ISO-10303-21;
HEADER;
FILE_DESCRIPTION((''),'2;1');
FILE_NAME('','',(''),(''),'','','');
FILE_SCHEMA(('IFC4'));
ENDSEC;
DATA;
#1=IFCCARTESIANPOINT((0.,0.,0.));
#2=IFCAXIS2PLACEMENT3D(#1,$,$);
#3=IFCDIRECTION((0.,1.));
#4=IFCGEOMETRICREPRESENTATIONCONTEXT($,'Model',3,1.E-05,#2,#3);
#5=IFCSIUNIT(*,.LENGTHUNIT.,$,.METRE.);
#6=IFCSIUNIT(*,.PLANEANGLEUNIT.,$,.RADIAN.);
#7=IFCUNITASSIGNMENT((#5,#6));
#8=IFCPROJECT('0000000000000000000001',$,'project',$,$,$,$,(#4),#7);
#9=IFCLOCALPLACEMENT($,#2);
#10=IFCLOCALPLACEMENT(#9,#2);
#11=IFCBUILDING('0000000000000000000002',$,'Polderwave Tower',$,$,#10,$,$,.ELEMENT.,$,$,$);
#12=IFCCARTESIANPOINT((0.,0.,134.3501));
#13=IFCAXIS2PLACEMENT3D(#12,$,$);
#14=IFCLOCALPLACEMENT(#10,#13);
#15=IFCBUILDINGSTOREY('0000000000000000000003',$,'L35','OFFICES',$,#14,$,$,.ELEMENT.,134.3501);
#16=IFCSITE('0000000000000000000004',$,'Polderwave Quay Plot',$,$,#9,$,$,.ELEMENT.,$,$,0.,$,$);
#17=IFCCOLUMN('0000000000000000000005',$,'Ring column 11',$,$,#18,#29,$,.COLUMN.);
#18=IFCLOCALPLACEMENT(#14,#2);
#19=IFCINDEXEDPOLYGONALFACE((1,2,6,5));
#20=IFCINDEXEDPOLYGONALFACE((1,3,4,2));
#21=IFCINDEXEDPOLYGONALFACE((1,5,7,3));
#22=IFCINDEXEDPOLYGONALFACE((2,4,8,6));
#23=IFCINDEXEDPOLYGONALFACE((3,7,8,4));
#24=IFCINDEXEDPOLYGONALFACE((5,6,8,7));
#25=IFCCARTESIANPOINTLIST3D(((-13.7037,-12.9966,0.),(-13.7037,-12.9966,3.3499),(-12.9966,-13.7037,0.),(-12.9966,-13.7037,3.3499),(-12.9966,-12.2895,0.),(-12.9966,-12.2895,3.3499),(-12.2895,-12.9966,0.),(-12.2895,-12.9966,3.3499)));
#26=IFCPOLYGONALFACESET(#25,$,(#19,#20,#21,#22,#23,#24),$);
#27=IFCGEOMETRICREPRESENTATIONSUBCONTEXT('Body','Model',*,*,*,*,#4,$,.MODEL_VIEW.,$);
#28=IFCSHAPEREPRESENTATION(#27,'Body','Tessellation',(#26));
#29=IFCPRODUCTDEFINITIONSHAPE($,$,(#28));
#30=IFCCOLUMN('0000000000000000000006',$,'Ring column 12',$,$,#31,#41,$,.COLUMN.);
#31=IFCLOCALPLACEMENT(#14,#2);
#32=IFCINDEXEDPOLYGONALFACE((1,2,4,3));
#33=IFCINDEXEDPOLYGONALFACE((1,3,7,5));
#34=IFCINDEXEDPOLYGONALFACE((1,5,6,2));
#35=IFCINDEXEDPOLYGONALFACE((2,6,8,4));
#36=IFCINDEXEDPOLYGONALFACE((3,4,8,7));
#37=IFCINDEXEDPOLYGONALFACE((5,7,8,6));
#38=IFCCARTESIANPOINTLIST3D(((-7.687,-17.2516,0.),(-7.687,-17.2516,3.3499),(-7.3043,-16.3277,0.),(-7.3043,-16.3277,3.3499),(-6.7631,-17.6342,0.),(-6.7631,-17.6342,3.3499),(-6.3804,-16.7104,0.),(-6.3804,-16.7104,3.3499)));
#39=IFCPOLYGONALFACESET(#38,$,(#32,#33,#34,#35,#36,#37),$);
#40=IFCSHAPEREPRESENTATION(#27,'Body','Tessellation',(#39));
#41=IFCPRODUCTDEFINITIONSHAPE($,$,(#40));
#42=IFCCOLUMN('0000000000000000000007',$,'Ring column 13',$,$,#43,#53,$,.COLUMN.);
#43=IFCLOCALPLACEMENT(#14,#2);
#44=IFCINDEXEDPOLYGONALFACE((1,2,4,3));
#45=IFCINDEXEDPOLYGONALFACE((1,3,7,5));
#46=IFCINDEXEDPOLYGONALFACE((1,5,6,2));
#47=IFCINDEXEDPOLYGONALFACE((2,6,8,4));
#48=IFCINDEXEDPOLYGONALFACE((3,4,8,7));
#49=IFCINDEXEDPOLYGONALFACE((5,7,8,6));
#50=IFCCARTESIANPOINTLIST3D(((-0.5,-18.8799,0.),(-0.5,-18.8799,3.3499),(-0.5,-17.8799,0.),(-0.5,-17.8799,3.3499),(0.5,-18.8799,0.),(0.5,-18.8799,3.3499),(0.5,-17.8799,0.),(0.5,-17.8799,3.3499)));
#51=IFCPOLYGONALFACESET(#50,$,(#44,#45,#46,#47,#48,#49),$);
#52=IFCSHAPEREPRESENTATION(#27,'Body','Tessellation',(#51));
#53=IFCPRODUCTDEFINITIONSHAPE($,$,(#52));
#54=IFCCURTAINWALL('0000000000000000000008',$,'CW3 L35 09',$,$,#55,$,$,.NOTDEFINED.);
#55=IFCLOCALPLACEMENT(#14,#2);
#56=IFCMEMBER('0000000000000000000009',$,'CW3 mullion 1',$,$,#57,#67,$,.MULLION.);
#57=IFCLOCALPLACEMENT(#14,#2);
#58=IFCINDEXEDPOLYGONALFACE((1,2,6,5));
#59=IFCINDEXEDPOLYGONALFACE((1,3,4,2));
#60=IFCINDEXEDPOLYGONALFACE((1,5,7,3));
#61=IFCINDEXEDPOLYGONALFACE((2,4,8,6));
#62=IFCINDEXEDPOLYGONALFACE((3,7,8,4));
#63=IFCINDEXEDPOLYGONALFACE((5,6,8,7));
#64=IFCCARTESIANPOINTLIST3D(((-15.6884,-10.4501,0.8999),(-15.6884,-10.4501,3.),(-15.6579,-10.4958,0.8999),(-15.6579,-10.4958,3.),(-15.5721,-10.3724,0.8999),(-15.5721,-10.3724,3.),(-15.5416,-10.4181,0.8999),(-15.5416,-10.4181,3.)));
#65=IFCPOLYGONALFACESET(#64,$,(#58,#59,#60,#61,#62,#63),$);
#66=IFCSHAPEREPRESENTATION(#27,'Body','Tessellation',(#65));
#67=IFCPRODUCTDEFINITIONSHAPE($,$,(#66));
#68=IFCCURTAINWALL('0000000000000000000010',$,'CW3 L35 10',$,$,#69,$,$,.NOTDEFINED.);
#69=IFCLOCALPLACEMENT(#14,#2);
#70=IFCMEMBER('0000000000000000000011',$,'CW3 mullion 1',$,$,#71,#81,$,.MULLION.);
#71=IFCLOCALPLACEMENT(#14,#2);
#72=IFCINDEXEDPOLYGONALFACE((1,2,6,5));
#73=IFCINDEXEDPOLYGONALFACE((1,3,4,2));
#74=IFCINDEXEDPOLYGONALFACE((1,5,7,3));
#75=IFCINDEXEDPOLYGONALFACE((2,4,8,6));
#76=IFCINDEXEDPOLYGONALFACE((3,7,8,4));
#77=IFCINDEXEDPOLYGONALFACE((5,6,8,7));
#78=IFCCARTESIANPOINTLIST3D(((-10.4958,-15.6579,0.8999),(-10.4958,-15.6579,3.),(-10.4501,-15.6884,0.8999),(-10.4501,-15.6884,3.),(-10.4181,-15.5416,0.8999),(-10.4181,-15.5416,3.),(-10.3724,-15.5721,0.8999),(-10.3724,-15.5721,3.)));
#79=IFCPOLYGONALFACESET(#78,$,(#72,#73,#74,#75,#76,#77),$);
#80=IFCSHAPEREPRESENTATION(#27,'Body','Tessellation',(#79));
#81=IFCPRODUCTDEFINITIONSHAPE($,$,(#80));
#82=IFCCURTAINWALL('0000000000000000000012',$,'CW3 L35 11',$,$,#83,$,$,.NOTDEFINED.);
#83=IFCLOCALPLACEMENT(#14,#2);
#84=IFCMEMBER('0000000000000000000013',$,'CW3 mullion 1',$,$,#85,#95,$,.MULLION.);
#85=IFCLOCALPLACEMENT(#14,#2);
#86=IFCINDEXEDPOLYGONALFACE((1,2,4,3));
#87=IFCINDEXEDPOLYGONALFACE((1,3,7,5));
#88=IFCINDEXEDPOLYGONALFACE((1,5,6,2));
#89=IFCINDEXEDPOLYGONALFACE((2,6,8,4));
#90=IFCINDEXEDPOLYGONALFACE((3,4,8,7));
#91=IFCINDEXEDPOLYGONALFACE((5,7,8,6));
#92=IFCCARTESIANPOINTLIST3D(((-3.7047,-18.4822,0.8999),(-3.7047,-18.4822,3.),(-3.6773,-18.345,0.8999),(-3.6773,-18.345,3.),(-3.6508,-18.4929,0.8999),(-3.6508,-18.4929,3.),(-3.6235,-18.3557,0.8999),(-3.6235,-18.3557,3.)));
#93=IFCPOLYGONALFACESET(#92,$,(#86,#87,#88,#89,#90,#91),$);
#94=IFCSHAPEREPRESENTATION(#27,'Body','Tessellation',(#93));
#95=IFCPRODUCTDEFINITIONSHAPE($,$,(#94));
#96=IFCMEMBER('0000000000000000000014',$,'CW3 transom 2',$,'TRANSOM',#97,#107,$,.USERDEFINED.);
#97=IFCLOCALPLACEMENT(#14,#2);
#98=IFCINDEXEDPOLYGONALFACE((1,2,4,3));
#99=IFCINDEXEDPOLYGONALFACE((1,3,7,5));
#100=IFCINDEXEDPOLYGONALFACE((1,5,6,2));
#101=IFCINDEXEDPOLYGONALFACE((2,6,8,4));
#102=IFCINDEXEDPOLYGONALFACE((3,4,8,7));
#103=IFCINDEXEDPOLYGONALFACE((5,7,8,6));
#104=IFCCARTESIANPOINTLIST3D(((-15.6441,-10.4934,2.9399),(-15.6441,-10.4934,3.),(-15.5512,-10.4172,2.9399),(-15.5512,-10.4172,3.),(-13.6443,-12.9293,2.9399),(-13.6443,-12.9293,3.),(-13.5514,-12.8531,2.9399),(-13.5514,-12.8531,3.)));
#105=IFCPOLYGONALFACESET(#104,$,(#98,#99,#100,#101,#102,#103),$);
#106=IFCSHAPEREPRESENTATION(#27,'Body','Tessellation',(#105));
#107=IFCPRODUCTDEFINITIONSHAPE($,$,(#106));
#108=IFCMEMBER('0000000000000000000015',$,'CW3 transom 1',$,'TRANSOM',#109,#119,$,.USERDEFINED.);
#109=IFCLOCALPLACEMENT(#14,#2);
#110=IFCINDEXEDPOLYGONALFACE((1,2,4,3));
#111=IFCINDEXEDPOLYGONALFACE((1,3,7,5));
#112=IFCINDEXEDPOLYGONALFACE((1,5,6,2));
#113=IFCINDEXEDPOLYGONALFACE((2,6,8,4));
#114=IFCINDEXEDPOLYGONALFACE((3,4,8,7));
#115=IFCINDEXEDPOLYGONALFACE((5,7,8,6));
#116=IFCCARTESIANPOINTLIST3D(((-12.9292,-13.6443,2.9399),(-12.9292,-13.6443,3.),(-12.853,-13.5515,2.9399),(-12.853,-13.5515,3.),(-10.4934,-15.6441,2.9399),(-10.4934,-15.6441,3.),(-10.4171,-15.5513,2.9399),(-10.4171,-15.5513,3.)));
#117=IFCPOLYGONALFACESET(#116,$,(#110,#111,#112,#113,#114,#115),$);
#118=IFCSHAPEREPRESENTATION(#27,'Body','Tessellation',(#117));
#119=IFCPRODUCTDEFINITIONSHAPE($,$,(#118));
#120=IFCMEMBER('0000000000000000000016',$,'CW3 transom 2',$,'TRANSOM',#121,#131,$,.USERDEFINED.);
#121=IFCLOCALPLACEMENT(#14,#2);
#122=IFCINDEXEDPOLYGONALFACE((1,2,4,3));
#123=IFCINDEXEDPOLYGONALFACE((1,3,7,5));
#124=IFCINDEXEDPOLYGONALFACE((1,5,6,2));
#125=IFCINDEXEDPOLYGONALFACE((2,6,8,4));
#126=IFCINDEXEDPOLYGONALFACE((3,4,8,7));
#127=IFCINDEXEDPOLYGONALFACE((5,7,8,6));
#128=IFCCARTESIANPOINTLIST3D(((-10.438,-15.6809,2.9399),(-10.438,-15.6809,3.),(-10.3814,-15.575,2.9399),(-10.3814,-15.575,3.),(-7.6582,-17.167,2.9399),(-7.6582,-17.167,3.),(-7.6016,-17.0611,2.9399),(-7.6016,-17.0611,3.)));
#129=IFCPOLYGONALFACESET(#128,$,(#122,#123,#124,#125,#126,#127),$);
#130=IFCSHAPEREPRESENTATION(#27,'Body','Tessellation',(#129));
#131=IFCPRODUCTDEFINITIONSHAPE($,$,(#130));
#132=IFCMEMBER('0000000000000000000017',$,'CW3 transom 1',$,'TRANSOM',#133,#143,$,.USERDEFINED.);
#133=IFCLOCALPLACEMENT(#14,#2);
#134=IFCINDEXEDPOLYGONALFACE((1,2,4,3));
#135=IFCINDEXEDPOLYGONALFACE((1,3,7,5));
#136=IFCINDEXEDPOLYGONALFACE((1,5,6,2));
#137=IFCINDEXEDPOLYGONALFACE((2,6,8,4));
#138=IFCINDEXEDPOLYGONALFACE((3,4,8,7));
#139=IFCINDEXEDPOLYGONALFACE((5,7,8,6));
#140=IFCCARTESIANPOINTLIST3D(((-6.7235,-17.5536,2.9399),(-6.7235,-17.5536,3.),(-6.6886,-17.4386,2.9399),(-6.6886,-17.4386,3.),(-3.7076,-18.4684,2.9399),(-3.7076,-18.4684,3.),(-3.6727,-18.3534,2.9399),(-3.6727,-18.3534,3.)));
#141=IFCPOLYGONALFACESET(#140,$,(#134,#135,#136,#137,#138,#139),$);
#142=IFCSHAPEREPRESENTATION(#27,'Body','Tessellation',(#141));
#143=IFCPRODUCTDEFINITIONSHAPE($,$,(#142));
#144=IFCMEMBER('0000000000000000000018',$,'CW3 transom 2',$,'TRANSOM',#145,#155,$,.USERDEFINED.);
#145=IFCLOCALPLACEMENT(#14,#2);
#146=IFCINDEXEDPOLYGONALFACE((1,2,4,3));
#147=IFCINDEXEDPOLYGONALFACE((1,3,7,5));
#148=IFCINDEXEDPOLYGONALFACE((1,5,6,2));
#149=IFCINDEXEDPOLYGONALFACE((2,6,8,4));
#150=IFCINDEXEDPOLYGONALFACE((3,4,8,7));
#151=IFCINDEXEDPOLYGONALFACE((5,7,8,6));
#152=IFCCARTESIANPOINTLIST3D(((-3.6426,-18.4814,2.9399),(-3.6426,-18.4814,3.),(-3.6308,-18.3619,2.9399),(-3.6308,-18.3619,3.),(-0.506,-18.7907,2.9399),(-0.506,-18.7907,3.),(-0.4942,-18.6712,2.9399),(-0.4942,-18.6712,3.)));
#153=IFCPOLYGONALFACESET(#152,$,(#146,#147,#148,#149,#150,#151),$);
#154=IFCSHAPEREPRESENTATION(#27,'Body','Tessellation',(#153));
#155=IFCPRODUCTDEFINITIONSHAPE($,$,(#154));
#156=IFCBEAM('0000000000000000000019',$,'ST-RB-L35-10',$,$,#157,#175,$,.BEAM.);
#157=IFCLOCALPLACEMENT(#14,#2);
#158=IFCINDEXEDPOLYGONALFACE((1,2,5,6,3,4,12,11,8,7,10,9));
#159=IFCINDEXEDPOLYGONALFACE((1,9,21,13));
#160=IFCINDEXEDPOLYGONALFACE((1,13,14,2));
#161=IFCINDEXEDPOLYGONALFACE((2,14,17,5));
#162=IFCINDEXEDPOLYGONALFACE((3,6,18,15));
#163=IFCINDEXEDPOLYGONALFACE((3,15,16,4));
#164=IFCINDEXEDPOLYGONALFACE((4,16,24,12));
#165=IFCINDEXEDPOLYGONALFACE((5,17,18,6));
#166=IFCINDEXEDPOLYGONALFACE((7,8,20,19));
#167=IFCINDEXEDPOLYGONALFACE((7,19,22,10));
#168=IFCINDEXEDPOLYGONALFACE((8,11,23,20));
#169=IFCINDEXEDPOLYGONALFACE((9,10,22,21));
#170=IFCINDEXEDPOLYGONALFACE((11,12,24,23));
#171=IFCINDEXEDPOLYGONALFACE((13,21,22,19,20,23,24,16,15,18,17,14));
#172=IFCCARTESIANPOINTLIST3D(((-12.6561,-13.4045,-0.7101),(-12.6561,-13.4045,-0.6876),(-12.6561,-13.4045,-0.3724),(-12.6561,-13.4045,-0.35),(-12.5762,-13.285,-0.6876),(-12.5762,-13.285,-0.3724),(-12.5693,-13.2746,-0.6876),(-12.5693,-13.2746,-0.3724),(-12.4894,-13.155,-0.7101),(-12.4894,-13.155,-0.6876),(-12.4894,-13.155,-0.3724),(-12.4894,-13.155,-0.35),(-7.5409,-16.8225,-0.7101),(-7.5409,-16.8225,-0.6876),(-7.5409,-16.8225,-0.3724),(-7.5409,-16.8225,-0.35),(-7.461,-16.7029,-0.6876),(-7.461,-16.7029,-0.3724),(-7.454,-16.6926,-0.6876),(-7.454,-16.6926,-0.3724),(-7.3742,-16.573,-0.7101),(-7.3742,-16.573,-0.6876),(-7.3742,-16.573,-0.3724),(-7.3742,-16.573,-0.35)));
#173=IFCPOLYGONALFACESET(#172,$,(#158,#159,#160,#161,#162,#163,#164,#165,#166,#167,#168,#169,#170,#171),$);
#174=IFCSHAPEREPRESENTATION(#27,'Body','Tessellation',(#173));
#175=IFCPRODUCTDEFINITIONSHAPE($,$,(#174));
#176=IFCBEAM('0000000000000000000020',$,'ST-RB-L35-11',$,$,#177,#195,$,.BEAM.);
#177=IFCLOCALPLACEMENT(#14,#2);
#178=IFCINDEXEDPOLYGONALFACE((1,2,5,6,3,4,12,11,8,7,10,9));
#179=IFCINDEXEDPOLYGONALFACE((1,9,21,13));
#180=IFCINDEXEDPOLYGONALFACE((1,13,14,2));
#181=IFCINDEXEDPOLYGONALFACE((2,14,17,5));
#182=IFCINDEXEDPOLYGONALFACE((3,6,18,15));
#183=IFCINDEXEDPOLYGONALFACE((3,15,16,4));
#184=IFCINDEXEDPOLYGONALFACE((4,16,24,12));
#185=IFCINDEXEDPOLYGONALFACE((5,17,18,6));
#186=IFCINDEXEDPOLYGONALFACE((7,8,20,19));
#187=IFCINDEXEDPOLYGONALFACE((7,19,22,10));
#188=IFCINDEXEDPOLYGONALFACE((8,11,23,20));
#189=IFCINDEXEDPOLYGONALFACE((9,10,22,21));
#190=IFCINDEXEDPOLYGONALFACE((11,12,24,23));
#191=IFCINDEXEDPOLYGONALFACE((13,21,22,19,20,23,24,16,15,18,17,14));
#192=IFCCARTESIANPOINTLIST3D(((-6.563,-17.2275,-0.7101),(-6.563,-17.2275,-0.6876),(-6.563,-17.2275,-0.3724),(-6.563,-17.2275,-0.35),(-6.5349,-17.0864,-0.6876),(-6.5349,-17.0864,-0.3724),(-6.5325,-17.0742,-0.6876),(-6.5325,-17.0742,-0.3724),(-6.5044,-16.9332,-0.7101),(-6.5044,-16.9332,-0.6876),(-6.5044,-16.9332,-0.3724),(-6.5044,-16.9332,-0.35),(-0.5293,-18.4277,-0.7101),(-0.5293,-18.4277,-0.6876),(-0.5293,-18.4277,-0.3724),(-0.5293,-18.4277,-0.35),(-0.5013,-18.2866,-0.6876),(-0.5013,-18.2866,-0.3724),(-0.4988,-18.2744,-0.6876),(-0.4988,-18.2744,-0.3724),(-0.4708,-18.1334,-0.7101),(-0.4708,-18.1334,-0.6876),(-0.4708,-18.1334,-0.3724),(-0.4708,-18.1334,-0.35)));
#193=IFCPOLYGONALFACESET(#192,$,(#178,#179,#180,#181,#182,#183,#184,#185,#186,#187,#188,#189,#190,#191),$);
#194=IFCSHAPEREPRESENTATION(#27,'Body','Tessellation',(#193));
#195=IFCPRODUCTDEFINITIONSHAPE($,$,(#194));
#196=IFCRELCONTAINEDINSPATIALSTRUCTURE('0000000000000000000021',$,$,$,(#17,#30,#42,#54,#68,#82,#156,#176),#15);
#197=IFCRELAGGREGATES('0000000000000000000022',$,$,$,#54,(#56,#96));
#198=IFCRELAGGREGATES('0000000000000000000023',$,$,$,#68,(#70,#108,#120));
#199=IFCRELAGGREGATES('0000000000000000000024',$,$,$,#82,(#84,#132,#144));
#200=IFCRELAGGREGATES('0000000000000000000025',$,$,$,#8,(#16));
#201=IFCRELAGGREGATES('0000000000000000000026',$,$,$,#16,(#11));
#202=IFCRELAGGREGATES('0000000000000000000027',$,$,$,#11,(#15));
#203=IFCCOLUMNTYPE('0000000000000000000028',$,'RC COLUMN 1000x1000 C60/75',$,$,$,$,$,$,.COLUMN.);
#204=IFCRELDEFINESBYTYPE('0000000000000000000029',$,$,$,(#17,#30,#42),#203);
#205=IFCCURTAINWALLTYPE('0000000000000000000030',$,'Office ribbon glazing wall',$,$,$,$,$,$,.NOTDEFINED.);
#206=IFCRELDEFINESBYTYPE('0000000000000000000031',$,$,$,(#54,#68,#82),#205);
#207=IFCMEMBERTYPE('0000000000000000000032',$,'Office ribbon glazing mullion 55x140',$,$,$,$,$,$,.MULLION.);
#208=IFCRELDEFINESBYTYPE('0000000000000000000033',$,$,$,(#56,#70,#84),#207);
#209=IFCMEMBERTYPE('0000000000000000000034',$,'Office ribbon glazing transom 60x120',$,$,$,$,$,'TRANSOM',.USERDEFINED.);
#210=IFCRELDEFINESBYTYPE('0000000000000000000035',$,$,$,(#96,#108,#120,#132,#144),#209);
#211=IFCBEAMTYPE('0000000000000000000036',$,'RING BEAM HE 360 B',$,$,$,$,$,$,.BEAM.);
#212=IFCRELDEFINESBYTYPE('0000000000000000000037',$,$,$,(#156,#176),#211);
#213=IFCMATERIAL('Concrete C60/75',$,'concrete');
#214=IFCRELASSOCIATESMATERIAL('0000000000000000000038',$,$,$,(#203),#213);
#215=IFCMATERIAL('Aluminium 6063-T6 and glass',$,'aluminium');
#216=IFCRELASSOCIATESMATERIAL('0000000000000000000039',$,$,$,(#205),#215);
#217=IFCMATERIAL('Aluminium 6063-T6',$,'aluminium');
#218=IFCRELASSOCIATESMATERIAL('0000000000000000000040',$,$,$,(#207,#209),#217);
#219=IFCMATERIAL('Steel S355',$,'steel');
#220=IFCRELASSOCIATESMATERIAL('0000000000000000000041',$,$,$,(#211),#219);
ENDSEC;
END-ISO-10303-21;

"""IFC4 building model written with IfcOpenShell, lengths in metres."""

from ifc_helpers import new_model, si_unit, direction, frame, origin, origin_2d, place, context, subcontext, project, spatial, rectangle, i_section, extrude, material, material_profile, profile_set, type_object, element, aggregate, save


model = new_model("IFC4")

# Units and contexts
model_context = context("Model", 3, precision=1e-05, world=origin(), true_north=direction((0.0, 1.0)))
body_context = subcontext(model_context, "Body", "Model", "MODEL_VIEW")
ifc_project = project(units=[si_unit("LENGTHUNIT", "METRE"), si_unit("PLANEANGLEUNIT", "RADIAN")], contexts=[model_context])

# Site, building, storey
site_placement = place(None, origin())
site = spatial("IfcSite", under=ifc_project, at=site_placement, Name="Polderwave Quay Plot", CompositionType="ELEMENT", RefElevation=0.0)
building_placement = place(site_placement, origin())
building = spatial("IfcBuilding", under=site, at=building_placement, Name="Polderwave Tower", CompositionType="ELEMENT")
storey_placement = place(building_placement, frame((0.0, 0.0, 134.3501)))
storey = spatial("IfcBuildingStorey", under=building, at=storey_placement, Name="L35", Description="OFFICES", CompositionType="ELEMENT", Elevation=134.3501)

# Columns
ifc_material_1 = material(Name="Concrete C60/75", Category="concrete")
ifc_material_profile_1 = material_profile(ifc_material_1, rectangle(XDim=1.0, YDim=1.0, at=origin_2d()), Name="RC 1000x1000")
ifc_profile_set_1 = profile_set([ifc_material_profile_1], Name="Concrete C60/75")
column_type = type_object("IfcColumnType", Name="RC COLUMN 1000x1000 C60/75", PredefinedType="COLUMN", material=ifc_profile_set_1)
for number, where, z_axis, x_axis, name in (
    (1, (-12.9966, -12.9966, 0.0), (0.0, 0.0, 1.0), (-0.707107, -0.707107, 0.0), "Ring column 11"),
    (2, (-7.0337, -16.981, 0.0), (0.0, 0.0, 1.0), (-0.382683, -0.92388, 0.0), "Ring column 12"),
    (3, (0.0, -18.3799, 0.0), (0.0, 0.0, 1.0), (0.0, -1.0, 0.0), "Ring column 13"),
):
    element("IfcColumn", number, at=place(storey_placement, frame(where, z_axis=z_axis, x_axis=x_axis)), inside=storey, type_object=column_type, Name=name, PredefinedType="COLUMN", context=body_context, shape_type="SweptSolid", body=[
        extrude(rectangle(XDim=1.0, YDim=1.0, at=origin_2d()), origin(), (0.0, 0.0, 1.0), 3.3499),
    ])

# Curtain walls, members
ifc_material_2 = material(Name="Aluminium 6063-T6 and glass", Category="aluminium")
curtain_wall_type = type_object("IfcCurtainWallType", Name="Office ribbon glazing wall", PredefinedType="NOTDEFINED", material=ifc_material_2)
curtain_wall_1_placement = place(storey_placement, origin())
curtain_wall_1 = element("IfcCurtainWall", 4, at=curtain_wall_1_placement, inside=storey, type_object=curtain_wall_type, Name="CW3 L35 09", PredefinedType="NOTDEFINED")
ifc_material_3 = material(Name="Aluminium 6063-T6", Category="aluminium")
ifc_material_profile_2 = material_profile(ifc_material_3, rectangle(XDim=0.1399, YDim=0.0549, at=origin_2d()), Name="AL 55x140")
ifc_profile_set_2 = profile_set([ifc_material_profile_2], Name="Aluminium 6063-T6")
member_type_1 = type_object("IfcMemberType", Name="Office ribbon glazing mullion 55x140", PredefinedType="MULLION", material=ifc_profile_set_2)
member_1_placement = place(storey_placement, frame((-15.615, -10.4341, 0.8999), z_axis=(0.0, 0.0, 1.0), x_axis=(0.831411, 0.555657, 0.0)))
member_1 = element("IfcMember", 5, at=member_1_placement, type_object=member_type_1, Name="CW3 mullion 1", PredefinedType="MULLION", context=body_context, shape_type="SweptSolid", body=[
    extrude(rectangle(XDim=0.1399, YDim=0.0549, at=origin_2d()), origin(), (0.0, 0.0, 1.0), 2.1001),
])
curtain_wall_2_placement = place(storey_placement, origin())
curtain_wall_2 = element("IfcCurtainWall", 6, at=curtain_wall_2_placement, inside=storey, type_object=curtain_wall_type, Name="CW3 L35 10", PredefinedType="NOTDEFINED")
member_2_placement = place(storey_placement, frame((-10.4341, -15.615, 0.8999), z_axis=(0.0, 0.0, 1.0), x_axis=(0.555657, 0.831411, 0.0)))
member_2 = element("IfcMember", 7, at=member_2_placement, type_object=member_type_1, Name="CW3 mullion 1", PredefinedType="MULLION", context=body_context, shape_type="SweptSolid", body=[
    extrude(rectangle(XDim=0.1399, YDim=0.0549, at=origin_2d()), origin(), (0.0, 0.0, 1.0), 2.1001),
])
curtain_wall_3_placement = place(storey_placement, origin())
curtain_wall_3 = element("IfcCurtainWall", 8, at=curtain_wall_3_placement, inside=storey, type_object=curtain_wall_type, Name="CW3 L35 11", PredefinedType="NOTDEFINED")
member_3_placement = place(storey_placement, frame((-3.6641, -18.4189, 0.8999), z_axis=(0.0, 0.0, 1.0), x_axis=(0.195179, 0.980768, 0.0)))
member_3 = element("IfcMember", 9, at=member_3_placement, type_object=member_type_1, Name="CW3 mullion 1", PredefinedType="MULLION", context=body_context, shape_type="SweptSolid", body=[
    extrude(rectangle(XDim=0.1399, YDim=0.0549, at=origin_2d()), origin(), (0.0, 0.0, 1.0), 2.1001),
])

# Members
ifc_material_profile_3 = material_profile(ifc_material_3, rectangle(XDim=0.1201, YDim=0.0601, at=origin_2d()), Name="AL 60x120")
ifc_profile_set_3 = profile_set([ifc_material_profile_3], Name="Aluminium 6063-T6")
member_type_2 = type_object("IfcMemberType", Name="Office ribbon glazing transom 60x120", ElementType="TRANSOM", PredefinedType="USERDEFINED", material=ifc_profile_set_3)
member_4_placement = place(storey_placement, frame((-15.5977, -10.4553, 2.97), z_axis=(0.634536, -0.772893, 0.0), x_axis=(0.772893, 0.634536, 0.0)))
member_4 = element("IfcMember", 10, at=member_4_placement, type_object=member_type_2, Name="CW3 transom 2", ObjectType="TRANSOM", PredefinedType="USERDEFINED", context=body_context, shape_type="SweptSolid", body=[
    extrude(rectangle(XDim=0.1201, YDim=0.0601, at=origin_2d()), origin(), (0.0, 0.0, 1.0), 3.1516),
])
member_5_placement = place(storey_placement, frame((-12.8911, -13.5979, 2.97), z_axis=(0.772893, -0.634536, 0.0), x_axis=(0.634536, 0.772893, 0.0)))
member_5 = element("IfcMember", 11, at=member_5_placement, type_object=member_type_2, Name="CW3 transom 1", ObjectType="TRANSOM", PredefinedType="USERDEFINED", context=body_context, shape_type="SweptSolid", body=[
    extrude(rectangle(XDim=0.1201, YDim=0.0601, at=origin_2d()), origin(), (0.0, 0.0, 1.0), 3.1516),
])
member_6_placement = place(storey_placement, frame((-10.4097, -15.6279, 2.97), z_axis=(0.881887, -0.47146, 0.0), x_axis=(0.47146, 0.881887, 0.0)))
member_6 = element("IfcMember", 12, at=member_6_placement, type_object=member_type_2, Name="CW3 transom 2", ObjectType="TRANSOM", PredefinedType="USERDEFINED", context=body_context, shape_type="SweptSolid", body=[
    extrude(rectangle(XDim=0.1201, YDim=0.0601, at=origin_2d()), origin(), (0.0, 0.0, 1.0), 3.1521),
])
member_7_placement = place(storey_placement, frame((-6.7061, -17.4961, 2.97), z_axis=(0.956946, -0.290268, 0.0), x_axis=(0.290268, 0.956946, 0.0)))
member_7 = element("IfcMember", 13, at=member_7_placement, type_object=member_type_2, Name="CW3 transom 1", ObjectType="TRANSOM", PredefinedType="USERDEFINED", context=body_context, shape_type="SweptSolid", body=[
    extrude(rectangle(XDim=0.1201, YDim=0.0601, at=origin_2d()), origin(), (0.0, 0.0, 1.0), 3.1516),
])
member_8_placement = place(storey_placement, frame((-3.6367, -18.4216, 2.97), z_axis=(0.995173, -0.098139, 0.0), x_axis=(0.098139, 0.995173, 0.0)))
member_8 = element("IfcMember", 14, at=member_8_placement, type_object=member_type_2, Name="CW3 transom 2", ObjectType="TRANSOM", PredefinedType="USERDEFINED", context=body_context, shape_type="SweptSolid", body=[
    extrude(rectangle(XDim=0.1201, YDim=0.0601, at=origin_2d()), origin(), (0.0, 0.0, 1.0), 3.1519),
])

# Beams
ifc_material_4 = material(Name="Steel S355", Category="steel")
ifc_material_profile_4 = material_profile(ifc_material_4, i_section(OverallWidth=0.3, OverallDepth=0.3601, WebThickness=0.0125, FlangeThickness=0.0225, at=origin_2d()), Name="HE 360 B")
ifc_profile_set_4 = profile_set([ifc_material_profile_4], Name="Steel S355")
beam_type = type_object("IfcBeamType", Name="RING BEAM HE 360 B", PredefinedType="BEAM", material=ifc_profile_set_4)
beam_1_placement = place(storey_placement, frame((-12.5728, -13.2798, -0.53), z_axis=(0.831464, -0.555579, 0.0), x_axis=(0.555579, 0.831464, 0.0)))
element("IfcBeam", 15, at=beam_1_placement, inside=storey, type_object=beam_type, Name="ST-RB-L35-10", PredefinedType="BEAM", context=body_context, shape_type="SweptSolid", body=[
    extrude(i_section(OverallWidth=0.3, OverallDepth=0.3601, WebThickness=0.0125, FlangeThickness=0.0225, at=origin_2d()), origin(), (0.0, 0.0, 1.0), 6.1521),
])
beam_2_placement = place(storey_placement, frame((-6.5337, -17.0803, -0.53), z_axis=(0.980785, -0.195093, 0.0), x_axis=(0.195093, 0.980785, 0.0)))
element("IfcBeam", 16, at=beam_2_placement, inside=storey, type_object=beam_type, Name="ST-RB-L35-11", PredefinedType="BEAM", context=body_context, shape_type="SweptSolid", body=[
    extrude(i_section(OverallWidth=0.3, OverallDepth=0.3601, WebThickness=0.0125, FlangeThickness=0.0225, at=origin_2d()), origin(), (0.0, 0.0, 1.0), 6.1519),
])

aggregate(curtain_wall_1, [member_1, member_4])
aggregate(curtain_wall_2, [member_2, member_5, member_6])
aggregate(curtain_wall_3, [member_3, member_7, member_8])

save(model, "model.ifc")
